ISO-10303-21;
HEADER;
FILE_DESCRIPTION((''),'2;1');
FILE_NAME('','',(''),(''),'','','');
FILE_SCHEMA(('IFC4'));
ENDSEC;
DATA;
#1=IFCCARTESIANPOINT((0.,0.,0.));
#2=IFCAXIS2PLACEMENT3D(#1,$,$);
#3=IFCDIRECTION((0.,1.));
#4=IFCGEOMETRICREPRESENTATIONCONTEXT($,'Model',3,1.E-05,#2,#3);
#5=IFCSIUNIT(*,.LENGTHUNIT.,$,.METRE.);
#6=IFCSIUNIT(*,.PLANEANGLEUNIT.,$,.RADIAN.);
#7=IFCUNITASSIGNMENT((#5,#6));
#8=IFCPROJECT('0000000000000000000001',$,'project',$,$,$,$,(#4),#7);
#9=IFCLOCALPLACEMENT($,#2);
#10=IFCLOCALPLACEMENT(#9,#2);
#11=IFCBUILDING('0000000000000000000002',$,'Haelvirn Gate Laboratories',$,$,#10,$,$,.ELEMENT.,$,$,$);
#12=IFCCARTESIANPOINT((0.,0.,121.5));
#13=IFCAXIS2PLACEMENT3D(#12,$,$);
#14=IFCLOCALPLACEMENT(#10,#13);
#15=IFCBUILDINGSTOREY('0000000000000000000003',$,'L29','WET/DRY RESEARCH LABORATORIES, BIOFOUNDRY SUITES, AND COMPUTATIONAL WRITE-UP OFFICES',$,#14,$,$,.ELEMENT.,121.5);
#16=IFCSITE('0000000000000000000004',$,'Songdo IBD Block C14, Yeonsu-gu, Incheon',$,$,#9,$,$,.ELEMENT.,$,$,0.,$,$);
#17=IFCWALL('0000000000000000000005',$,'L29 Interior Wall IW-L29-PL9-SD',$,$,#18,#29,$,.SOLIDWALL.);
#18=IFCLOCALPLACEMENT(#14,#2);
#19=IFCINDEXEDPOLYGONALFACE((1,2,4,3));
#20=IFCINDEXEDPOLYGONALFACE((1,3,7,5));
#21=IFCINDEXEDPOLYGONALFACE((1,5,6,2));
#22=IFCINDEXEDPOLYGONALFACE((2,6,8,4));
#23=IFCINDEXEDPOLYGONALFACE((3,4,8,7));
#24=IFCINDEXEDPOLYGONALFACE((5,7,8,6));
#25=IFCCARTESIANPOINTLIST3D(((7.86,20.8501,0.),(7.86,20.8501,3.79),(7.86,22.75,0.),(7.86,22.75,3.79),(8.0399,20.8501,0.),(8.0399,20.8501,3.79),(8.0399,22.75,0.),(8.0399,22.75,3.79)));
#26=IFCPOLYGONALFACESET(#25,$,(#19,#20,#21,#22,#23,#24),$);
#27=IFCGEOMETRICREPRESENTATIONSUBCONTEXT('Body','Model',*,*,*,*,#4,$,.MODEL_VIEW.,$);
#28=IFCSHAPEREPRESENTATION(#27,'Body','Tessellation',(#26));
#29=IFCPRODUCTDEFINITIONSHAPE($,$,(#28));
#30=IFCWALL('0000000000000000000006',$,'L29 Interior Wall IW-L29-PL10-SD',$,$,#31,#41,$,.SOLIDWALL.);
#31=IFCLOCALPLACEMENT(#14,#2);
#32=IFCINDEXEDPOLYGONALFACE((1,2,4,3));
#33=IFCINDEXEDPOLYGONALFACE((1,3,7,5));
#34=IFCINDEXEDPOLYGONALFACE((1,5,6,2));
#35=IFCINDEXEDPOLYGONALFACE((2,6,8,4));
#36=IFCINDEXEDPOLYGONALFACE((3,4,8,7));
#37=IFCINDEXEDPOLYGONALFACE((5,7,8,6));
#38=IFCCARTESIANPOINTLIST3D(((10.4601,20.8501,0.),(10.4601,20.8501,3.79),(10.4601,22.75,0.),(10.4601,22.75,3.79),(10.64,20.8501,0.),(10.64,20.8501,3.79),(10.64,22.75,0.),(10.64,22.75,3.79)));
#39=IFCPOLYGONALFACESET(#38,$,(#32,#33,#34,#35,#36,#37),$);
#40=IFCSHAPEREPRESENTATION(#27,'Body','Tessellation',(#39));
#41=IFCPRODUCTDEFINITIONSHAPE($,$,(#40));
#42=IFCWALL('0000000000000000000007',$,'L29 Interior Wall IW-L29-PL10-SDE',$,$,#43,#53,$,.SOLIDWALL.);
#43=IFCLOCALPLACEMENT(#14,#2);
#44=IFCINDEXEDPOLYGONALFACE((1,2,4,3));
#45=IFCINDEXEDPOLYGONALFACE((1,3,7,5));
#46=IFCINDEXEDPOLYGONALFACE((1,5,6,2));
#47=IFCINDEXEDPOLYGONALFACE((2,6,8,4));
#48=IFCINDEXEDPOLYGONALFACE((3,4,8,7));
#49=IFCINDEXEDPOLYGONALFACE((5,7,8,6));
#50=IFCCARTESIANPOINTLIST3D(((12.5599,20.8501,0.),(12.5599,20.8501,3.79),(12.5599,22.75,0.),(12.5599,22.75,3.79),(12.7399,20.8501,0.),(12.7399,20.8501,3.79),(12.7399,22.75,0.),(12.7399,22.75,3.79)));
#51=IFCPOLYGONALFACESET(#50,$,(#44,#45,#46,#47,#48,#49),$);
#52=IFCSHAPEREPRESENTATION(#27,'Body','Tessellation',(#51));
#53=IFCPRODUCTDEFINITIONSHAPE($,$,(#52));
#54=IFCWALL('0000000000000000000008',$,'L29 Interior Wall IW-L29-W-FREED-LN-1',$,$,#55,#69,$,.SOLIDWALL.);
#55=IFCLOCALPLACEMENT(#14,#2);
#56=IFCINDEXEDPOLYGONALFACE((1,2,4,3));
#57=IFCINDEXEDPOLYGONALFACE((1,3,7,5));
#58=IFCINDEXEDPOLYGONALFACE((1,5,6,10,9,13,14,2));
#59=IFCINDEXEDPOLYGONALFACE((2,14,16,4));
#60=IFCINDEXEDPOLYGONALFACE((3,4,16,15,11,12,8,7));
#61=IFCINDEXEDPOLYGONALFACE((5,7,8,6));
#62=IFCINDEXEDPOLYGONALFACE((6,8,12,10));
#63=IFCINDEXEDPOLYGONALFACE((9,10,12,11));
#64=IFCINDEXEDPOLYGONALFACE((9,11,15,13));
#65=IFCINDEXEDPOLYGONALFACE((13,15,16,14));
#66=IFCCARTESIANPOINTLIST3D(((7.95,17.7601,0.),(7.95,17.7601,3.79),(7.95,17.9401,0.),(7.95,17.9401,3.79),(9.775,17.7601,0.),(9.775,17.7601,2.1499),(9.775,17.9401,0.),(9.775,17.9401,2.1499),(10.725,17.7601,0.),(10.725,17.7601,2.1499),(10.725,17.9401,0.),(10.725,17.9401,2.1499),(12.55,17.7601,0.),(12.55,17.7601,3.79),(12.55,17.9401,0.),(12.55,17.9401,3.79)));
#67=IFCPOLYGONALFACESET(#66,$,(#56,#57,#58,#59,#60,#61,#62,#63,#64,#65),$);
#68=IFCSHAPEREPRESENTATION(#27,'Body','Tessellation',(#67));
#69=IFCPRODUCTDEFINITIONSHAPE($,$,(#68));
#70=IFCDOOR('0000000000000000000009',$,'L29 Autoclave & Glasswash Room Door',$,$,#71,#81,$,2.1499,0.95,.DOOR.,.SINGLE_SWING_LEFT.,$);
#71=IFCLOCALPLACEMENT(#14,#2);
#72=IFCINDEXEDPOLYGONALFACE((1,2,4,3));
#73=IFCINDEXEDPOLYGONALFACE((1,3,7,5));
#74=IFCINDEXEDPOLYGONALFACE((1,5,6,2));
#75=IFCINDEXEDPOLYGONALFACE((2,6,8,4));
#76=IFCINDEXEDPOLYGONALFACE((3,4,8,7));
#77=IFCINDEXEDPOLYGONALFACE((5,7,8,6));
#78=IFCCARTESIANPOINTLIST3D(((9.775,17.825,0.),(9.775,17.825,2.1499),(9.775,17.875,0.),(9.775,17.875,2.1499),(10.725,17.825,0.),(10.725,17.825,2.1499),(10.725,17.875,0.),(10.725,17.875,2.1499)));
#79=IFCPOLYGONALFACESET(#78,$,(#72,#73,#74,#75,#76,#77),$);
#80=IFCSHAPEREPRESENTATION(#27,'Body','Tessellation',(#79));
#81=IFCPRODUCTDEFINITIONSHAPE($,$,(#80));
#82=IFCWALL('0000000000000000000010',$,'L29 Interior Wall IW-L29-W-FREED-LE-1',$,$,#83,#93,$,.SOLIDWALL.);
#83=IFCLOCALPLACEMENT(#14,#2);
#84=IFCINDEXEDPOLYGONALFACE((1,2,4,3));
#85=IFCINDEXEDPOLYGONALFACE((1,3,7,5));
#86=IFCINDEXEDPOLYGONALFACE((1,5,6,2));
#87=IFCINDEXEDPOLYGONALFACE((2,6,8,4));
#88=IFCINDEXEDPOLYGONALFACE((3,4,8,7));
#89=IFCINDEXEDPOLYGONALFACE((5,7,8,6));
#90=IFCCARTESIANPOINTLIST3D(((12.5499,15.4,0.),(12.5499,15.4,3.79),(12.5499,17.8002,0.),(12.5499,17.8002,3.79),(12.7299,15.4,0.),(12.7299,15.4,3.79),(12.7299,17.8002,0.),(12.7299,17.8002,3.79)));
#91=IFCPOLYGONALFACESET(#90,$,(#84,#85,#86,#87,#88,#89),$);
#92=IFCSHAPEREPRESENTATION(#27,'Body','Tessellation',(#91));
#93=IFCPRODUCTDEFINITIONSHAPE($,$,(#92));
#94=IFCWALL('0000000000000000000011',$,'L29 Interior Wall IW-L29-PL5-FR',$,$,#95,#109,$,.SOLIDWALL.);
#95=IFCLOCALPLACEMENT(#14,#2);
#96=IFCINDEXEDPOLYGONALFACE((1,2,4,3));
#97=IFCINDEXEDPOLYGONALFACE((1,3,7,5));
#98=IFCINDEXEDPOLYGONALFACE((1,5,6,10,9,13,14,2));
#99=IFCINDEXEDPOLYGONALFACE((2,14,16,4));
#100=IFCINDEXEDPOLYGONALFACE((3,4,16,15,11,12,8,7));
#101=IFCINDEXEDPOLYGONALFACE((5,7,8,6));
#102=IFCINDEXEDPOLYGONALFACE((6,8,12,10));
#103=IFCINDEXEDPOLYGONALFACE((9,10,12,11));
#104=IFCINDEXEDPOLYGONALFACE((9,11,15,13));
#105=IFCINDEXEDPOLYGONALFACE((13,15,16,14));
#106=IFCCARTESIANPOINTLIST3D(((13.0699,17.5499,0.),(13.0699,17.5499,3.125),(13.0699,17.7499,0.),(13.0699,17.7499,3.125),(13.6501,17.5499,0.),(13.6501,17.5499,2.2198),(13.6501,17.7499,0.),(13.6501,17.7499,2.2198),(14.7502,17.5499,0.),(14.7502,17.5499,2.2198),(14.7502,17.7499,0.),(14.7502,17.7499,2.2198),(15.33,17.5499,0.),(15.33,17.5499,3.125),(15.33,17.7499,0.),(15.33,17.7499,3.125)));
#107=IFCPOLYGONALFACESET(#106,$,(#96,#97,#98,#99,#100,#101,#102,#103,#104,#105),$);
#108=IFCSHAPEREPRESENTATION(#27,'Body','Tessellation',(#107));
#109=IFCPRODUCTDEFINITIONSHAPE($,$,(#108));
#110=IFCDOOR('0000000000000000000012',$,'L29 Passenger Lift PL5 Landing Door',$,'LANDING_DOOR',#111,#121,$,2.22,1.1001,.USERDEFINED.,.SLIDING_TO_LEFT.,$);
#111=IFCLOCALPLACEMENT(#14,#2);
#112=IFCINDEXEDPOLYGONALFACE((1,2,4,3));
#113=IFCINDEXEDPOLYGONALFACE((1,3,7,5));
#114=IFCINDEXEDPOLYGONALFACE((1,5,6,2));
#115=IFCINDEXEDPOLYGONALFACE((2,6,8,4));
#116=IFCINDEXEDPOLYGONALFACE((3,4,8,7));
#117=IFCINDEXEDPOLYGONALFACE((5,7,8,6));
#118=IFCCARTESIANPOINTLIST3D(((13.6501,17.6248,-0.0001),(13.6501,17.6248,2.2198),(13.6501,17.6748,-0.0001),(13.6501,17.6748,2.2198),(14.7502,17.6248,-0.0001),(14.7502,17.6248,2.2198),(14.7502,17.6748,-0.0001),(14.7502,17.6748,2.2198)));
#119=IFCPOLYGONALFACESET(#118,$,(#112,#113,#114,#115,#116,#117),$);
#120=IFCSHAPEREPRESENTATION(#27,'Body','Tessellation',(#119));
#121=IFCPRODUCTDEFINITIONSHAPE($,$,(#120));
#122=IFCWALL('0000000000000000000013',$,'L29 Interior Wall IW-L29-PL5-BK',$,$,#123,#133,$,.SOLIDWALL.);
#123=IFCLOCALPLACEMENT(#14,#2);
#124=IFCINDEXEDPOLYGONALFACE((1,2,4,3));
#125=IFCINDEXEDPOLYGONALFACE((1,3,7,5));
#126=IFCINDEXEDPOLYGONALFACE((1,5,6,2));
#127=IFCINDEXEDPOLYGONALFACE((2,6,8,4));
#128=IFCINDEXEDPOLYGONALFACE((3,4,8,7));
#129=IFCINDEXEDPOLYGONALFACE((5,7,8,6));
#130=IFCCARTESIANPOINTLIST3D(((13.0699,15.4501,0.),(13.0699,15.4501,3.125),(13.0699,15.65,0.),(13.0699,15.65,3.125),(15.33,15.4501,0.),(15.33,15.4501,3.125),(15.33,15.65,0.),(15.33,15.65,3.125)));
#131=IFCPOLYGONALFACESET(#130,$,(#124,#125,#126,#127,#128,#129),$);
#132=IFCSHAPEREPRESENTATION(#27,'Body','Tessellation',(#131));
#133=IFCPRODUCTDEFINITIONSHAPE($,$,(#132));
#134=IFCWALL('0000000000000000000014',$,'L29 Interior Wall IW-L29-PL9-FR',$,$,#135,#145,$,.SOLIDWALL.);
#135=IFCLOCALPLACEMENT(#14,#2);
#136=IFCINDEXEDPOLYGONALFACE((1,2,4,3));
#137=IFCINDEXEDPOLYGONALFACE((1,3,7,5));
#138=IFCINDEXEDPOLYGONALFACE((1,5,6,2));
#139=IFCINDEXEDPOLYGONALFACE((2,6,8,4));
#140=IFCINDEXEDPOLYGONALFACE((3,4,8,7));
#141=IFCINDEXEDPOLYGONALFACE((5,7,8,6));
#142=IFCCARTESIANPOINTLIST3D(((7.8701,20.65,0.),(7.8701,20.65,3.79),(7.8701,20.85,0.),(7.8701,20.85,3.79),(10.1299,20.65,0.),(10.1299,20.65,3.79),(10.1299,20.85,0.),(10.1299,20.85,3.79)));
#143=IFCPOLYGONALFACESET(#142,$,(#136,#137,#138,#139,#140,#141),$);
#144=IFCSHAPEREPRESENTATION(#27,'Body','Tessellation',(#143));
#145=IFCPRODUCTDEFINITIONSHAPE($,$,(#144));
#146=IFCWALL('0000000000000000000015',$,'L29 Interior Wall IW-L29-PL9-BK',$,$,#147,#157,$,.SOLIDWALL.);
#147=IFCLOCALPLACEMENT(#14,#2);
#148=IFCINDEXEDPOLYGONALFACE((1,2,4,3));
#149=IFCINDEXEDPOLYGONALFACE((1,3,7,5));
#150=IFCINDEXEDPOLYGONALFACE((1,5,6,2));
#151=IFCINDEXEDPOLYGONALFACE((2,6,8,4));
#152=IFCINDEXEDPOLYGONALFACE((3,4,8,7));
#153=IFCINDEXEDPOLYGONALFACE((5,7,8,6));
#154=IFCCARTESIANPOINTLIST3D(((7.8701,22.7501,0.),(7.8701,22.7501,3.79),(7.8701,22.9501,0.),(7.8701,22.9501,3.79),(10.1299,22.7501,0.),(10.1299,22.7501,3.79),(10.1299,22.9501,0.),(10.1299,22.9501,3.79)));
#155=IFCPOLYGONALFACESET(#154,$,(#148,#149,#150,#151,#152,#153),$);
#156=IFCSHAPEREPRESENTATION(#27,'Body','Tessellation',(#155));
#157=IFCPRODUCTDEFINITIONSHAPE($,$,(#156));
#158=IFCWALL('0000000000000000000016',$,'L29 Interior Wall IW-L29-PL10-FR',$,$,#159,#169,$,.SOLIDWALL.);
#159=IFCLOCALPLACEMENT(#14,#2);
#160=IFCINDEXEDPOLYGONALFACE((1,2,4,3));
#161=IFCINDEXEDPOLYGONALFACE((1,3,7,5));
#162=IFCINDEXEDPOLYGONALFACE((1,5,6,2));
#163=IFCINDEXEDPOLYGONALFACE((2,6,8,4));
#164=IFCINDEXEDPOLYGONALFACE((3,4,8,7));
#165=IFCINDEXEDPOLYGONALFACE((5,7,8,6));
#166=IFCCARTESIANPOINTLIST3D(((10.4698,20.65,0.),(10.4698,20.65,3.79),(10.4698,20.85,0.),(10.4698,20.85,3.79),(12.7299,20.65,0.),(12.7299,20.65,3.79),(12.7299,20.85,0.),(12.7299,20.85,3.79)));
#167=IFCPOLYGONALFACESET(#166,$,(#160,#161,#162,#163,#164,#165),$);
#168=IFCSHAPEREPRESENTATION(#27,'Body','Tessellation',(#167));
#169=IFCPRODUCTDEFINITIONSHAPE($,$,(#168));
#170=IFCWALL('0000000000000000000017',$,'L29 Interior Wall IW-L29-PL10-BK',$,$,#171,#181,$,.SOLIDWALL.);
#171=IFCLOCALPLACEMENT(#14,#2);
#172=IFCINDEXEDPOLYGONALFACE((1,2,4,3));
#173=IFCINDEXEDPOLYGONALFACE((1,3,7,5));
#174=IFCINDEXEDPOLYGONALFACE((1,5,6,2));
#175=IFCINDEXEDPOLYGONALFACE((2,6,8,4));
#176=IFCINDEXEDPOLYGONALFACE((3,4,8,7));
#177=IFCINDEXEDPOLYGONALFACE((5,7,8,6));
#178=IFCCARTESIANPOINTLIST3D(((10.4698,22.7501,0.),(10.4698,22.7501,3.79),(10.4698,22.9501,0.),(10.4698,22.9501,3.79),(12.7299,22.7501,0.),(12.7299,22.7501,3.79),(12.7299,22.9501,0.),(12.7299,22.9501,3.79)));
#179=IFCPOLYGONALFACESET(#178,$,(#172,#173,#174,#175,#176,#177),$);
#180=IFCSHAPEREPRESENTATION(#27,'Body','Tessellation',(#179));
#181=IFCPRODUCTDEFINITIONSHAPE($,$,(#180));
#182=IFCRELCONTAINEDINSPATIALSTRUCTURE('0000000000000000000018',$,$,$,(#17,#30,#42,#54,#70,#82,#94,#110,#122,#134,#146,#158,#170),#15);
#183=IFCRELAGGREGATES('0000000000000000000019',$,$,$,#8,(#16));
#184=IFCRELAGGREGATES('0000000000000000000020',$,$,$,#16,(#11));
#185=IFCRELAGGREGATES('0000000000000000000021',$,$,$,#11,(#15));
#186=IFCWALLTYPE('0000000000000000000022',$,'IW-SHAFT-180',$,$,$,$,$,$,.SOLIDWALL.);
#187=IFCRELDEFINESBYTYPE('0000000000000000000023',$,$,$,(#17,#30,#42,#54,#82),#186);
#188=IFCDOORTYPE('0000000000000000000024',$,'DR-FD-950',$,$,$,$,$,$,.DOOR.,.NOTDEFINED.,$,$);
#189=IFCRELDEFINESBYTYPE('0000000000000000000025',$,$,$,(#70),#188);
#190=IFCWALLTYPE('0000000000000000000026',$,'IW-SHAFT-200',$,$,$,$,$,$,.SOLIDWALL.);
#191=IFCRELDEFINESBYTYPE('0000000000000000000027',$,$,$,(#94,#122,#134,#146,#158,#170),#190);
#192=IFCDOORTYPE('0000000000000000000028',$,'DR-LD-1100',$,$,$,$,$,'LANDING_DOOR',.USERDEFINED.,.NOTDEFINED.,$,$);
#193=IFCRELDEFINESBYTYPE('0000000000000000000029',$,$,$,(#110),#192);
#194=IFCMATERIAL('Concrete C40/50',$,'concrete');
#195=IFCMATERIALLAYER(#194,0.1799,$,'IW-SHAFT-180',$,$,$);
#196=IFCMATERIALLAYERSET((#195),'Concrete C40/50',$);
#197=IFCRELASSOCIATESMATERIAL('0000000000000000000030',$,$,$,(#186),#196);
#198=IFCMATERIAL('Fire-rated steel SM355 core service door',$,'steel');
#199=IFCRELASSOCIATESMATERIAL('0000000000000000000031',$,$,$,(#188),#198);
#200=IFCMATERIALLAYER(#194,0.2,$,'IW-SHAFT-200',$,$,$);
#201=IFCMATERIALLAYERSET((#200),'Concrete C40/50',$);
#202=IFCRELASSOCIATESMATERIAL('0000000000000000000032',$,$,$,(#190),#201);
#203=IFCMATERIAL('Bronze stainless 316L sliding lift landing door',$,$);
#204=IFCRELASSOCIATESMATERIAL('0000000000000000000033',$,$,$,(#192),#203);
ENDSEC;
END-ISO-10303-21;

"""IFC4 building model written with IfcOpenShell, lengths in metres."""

from ifc_helpers import new_model, si_unit, direction, frame, frame_2d, origin, place, context, subcontext, project, spatial, rectangle, extrude, source, transform, mapped, material, layer, layer_set, type_object, type_shapes, element, fill, save


model = new_model("IFC4")

# Units and contexts
model_context = context("Model", 3, precision=1e-05, world=origin(), true_north=direction((0.0, 1.0)))
body_context = subcontext(model_context, "Body", "Model", "MODEL_VIEW")
ifc_project = project(units=[si_unit("LENGTHUNIT", "METRE"), si_unit("PLANEANGLEUNIT", "RADIAN")], contexts=[model_context])

# Site, building, storey
site_placement = place(None, origin())
site = spatial("IfcSite", under=ifc_project, at=site_placement, Name="Songdo IBD Block C14, Yeonsu-gu, Incheon", CompositionType="ELEMENT", RefElevation=0.0)
building_placement = place(site_placement, origin())
building = spatial("IfcBuilding", under=site, at=building_placement, Name="Haelvirn Gate Laboratories", CompositionType="ELEMENT")
storey_placement = place(building_placement, frame((0.0, 0.0, 121.5)))
storey = spatial("IfcBuildingStorey", under=building, at=storey_placement, Name="L29", Description="WET/DRY RESEARCH LABORATORIES, BIOFOUNDRY SUITES, AND COMPUTATIONAL WRITE-UP OFFICES", CompositionType="ELEMENT", Elevation=121.5)

# Walls
ifc_material_1 = material(Name="Concrete C40/50", Category="concrete")
ifc_layer_1 = layer(ifc_material_1, 0.1799, Name="IW-SHAFT-180")
ifc_layer_set_1 = layer_set([ifc_layer_1], Name="Concrete C40/50")
wall_type_1 = type_object("IfcWallType", Name="IW-SHAFT-180", PredefinedType="SOLIDWALL", material=ifc_layer_set_1)
for number, where, z_axis, x_axis, name in (
    (1, (7.95, 20.8501, 0.0), (0.0, 0.0, 1.0), (0.0, 1.0, 0.0), "L29 Interior Wall IW-L29-PL9-SD"),
    (2, (10.55, 20.8501, 0.0), (0.0, 0.0, 1.0), (0.0, 1.0, 0.0), "L29 Interior Wall IW-L29-PL10-SD"),
    (3, (12.6499, 20.8501, 0.0), (0.0, 0.0, 1.0), (0.0, 1.0, 0.0), "L29 Interior Wall IW-L29-PL10-SDE"),
):
    element("IfcWall", number, at=place(storey_placement, frame(where, z_axis=z_axis, x_axis=x_axis)), inside=storey, type_object=wall_type_1, Name=name, PredefinedType="SOLIDWALL", context=body_context, shape_type="SweptSolid", body=[
        extrude(rectangle(XDim=1.8999, YDim=0.1799, at=frame_2d((0.95, 0.0))), origin(), (0.0, 0.0, 1.0), 3.79),
    ])

# Wall, opening, door
wall_1_placement = place(storey_placement, frame((7.95, 17.8501, 0.0), z_axis=(0.0, 0.0, 1.0), x_axis=(1.0, 0.0, 0.0)))
wall_1 = element("IfcWall", 4, at=wall_1_placement, inside=storey, type_object=wall_type_1, Name="L29 Interior Wall IW-L29-W-FREED-LN-1", PredefinedType="SOLIDWALL", context=body_context, shape_type="SweptSolid", body=[
    extrude(rectangle(XDim=4.6001, YDim=0.1799, at=frame_2d((2.3, 0.0))), origin(), (0.0, 0.0, 1.0), 3.79),
])
opening_1_placement = place(wall_1_placement, frame((1.825, 0.0, 0.0)))
opening_1 = element("IfcOpeningElement", 5, at=opening_1_placement, cuts=wall_1, PredefinedType="OPENING", context=body_context, shape_type="SweptSolid", body=[
    extrude(rectangle(XDim=0.95, YDim=2.1499, at=frame_2d((0.4751, 1.075))), frame((0.0, 0.1001, 0.0), z_axis=(0.0, -1.0, 0.0), x_axis=(1.0, 0.0, 0.0)), (0.0, 0.0, 1.0), 0.2),
])
ifc_material_2 = material(Name="Fire-rated steel SM355 core service door", Category="steel")
door_type_1 = type_object("IfcDoorType", Name="DR-FD-950", OperationType="NOTDEFINED", PredefinedType="DOOR", material=ifc_material_2)
shared_shape_1 = source(origin(), body_context, "Body", "SweptSolid", [
    extrude(rectangle(XDim=0.95, YDim=2.1499, at=frame_2d((0.4751, 1.075))), frame((0.0, 0.0249, 0.0), z_axis=(0.0, -1.0, 0.0), x_axis=(1.0, 0.0, 0.0)), (0.0, 0.0, 1.0), 0.05),
])
type_shapes(door_type_1, [shared_shape_1])
door_1_placement = place(opening_1_placement, origin())
door_1 = element("IfcDoor", 6, at=door_1_placement, inside=storey, type_object=door_type_1, Name="L29 Autoclave & Glasswash Room Door", OperationType="SINGLE_SWING_LEFT", OverallHeight=2.1499, OverallWidth=0.95, PredefinedType="DOOR", context=body_context, shape_type="MappedRepresentation", body=[
    mapped(shared_shape_1, transform((0.0, 0.0, 0.0), scale=1.0)),
])
fill(opening_1, door_1)

# Wall
wall_2_placement = place(storey_placement, frame((12.6399, 15.3999, 0.0), z_axis=(0.0, 0.0, 1.0), x_axis=(0.0, 1.0, 0.0)))
element("IfcWall", 7, at=wall_2_placement, inside=storey, type_object=wall_type_1, Name="L29 Interior Wall IW-L29-W-FREED-LE-1", PredefinedType="SOLIDWALL", context=body_context, shape_type="SweptSolid", body=[
    extrude(rectangle(XDim=2.4001, YDim=0.1799, at=frame_2d((1.2002, 0.0))), origin(), (0.0, 0.0, 1.0), 3.79),
])

# Wall, opening, door
ifc_layer_2 = layer(ifc_material_1, 0.2, Name="IW-SHAFT-200")
ifc_layer_set_2 = layer_set([ifc_layer_2], Name="Concrete C40/50")
wall_type_2 = type_object("IfcWallType", Name="IW-SHAFT-200", PredefinedType="SOLIDWALL", material=ifc_layer_set_2)
wall_3_placement = place(storey_placement, frame((13.0701, 17.6499, 0.0), z_axis=(0.0, 0.0, 1.0), x_axis=(1.0, 0.0, 0.0)))
wall_3 = element("IfcWall", 8, at=wall_3_placement, inside=storey, type_object=wall_type_2, Name="L29 Interior Wall IW-L29-PL5-FR", PredefinedType="SOLIDWALL", context=body_context, shape_type="SweptSolid", body=[
    extrude(rectangle(XDim=2.26, YDim=0.2, at=frame_2d((1.1299, 0.0))), origin(), (0.0, 0.0, 1.0), 3.125),
])
opening_2_placement = place(wall_3_placement, frame((0.5801, 0.0, 0.0)))
opening_2 = element("IfcOpeningElement", 9, at=opening_2_placement, cuts=wall_3, PredefinedType="OPENING", context=body_context, shape_type="SweptSolid", body=[
    extrude(rectangle(XDim=1.1001, YDim=2.22, at=frame_2d((0.55, 1.1099))), frame((0.0, 0.1099, 0.0), z_axis=(0.0, -1.0, 0.0), x_axis=(1.0, 0.0, 0.0)), (0.0, 0.0, 1.0), 0.22),
])
ifc_material_3 = material(Name="Bronze stainless 316L sliding lift landing door")
door_type_2 = type_object("IfcDoorType", Name="DR-LD-1100", ElementType="LANDING_DOOR", OperationType="NOTDEFINED", PredefinedType="USERDEFINED", material=ifc_material_3)
shared_shape_2 = source(origin(), body_context, "Body", "SweptSolid", [
    extrude(rectangle(XDim=1.1001, YDim=2.22, at=frame_2d((0.55, 1.1099))), frame((0.0, 0.0249, 0.0), z_axis=(0.0, -1.0, 0.0), x_axis=(1.0, 0.0, 0.0)), (0.0, 0.0, 1.0), 0.05),
])
type_shapes(door_type_2, [shared_shape_2])
door_2_placement = place(opening_2_placement, origin())
door_2 = element("IfcDoor", 10, at=door_2_placement, inside=storey, type_object=door_type_2, Name="L29 Passenger Lift PL5 Landing Door", ObjectType="LANDING_DOOR", OperationType="SLIDING_TO_LEFT", OverallHeight=2.22, OverallWidth=1.1001, PredefinedType="USERDEFINED", context=body_context, shape_type="MappedRepresentation", body=[
    mapped(shared_shape_2, transform((0.0, 0.0, 0.0), scale=1.0)),
])
fill(opening_2, door_2)

# Walls
wall_4_placement = place(storey_placement, frame((13.0701, 15.55, 0.0), z_axis=(0.0, 0.0, 1.0), x_axis=(1.0, 0.0, 0.0)))
element("IfcWall", 11, at=wall_4_placement, inside=storey, type_object=wall_type_2, Name="L29 Interior Wall IW-L29-PL5-BK", PredefinedType="SOLIDWALL", context=body_context, shape_type="SweptSolid", body=[
    extrude(rectangle(XDim=2.26, YDim=0.2, at=frame_2d((1.1299, 0.0))), origin(), (0.0, 0.0, 1.0), 3.125),
])
for number, where, z_axis, x_axis, name in (
    (12, (7.8701, 20.75, 0.0), (0.0, 0.0, 1.0), (1.0, 0.0, 0.0), "L29 Interior Wall IW-L29-PL9-FR"),
    (13, (7.8701, 22.8501, 0.0), (0.0, 0.0, 1.0), (1.0, 0.0, 0.0), "L29 Interior Wall IW-L29-PL9-BK"),
):
    element("IfcWall", number, at=place(storey_placement, frame(where, z_axis=z_axis, x_axis=x_axis)), inside=storey, type_object=wall_type_2, Name=name, PredefinedType="SOLIDWALL", context=body_context, shape_type="SweptSolid", body=[
        extrude(rectangle(XDim=2.2598, YDim=0.2, at=frame_2d((1.1299, 0.0))), origin(), (0.0, 0.0, 1.0), 3.79),
    ])
for number, where, z_axis, x_axis, name in (
    (14, (10.47, 20.75, 0.0), (0.0, 0.0, 1.0), (1.0, 0.0, 0.0), "L29 Interior Wall IW-L29-PL10-FR"),
    (15, (10.47, 22.8501, 0.0), (0.0, 0.0, 1.0), (1.0, 0.0, 0.0), "L29 Interior Wall IW-L29-PL10-BK"),
):
    element("IfcWall", number, at=place(storey_placement, frame(where, z_axis=z_axis, x_axis=x_axis)), inside=storey, type_object=wall_type_2, Name=name, PredefinedType="SOLIDWALL", context=body_context, shape_type="SweptSolid", body=[
        extrude(rectangle(XDim=2.26, YDim=0.2, at=frame_2d((1.1299, 0.0))), origin(), (0.0, 0.0, 1.0), 3.79),
    ])

save(model, "model.ifc")
